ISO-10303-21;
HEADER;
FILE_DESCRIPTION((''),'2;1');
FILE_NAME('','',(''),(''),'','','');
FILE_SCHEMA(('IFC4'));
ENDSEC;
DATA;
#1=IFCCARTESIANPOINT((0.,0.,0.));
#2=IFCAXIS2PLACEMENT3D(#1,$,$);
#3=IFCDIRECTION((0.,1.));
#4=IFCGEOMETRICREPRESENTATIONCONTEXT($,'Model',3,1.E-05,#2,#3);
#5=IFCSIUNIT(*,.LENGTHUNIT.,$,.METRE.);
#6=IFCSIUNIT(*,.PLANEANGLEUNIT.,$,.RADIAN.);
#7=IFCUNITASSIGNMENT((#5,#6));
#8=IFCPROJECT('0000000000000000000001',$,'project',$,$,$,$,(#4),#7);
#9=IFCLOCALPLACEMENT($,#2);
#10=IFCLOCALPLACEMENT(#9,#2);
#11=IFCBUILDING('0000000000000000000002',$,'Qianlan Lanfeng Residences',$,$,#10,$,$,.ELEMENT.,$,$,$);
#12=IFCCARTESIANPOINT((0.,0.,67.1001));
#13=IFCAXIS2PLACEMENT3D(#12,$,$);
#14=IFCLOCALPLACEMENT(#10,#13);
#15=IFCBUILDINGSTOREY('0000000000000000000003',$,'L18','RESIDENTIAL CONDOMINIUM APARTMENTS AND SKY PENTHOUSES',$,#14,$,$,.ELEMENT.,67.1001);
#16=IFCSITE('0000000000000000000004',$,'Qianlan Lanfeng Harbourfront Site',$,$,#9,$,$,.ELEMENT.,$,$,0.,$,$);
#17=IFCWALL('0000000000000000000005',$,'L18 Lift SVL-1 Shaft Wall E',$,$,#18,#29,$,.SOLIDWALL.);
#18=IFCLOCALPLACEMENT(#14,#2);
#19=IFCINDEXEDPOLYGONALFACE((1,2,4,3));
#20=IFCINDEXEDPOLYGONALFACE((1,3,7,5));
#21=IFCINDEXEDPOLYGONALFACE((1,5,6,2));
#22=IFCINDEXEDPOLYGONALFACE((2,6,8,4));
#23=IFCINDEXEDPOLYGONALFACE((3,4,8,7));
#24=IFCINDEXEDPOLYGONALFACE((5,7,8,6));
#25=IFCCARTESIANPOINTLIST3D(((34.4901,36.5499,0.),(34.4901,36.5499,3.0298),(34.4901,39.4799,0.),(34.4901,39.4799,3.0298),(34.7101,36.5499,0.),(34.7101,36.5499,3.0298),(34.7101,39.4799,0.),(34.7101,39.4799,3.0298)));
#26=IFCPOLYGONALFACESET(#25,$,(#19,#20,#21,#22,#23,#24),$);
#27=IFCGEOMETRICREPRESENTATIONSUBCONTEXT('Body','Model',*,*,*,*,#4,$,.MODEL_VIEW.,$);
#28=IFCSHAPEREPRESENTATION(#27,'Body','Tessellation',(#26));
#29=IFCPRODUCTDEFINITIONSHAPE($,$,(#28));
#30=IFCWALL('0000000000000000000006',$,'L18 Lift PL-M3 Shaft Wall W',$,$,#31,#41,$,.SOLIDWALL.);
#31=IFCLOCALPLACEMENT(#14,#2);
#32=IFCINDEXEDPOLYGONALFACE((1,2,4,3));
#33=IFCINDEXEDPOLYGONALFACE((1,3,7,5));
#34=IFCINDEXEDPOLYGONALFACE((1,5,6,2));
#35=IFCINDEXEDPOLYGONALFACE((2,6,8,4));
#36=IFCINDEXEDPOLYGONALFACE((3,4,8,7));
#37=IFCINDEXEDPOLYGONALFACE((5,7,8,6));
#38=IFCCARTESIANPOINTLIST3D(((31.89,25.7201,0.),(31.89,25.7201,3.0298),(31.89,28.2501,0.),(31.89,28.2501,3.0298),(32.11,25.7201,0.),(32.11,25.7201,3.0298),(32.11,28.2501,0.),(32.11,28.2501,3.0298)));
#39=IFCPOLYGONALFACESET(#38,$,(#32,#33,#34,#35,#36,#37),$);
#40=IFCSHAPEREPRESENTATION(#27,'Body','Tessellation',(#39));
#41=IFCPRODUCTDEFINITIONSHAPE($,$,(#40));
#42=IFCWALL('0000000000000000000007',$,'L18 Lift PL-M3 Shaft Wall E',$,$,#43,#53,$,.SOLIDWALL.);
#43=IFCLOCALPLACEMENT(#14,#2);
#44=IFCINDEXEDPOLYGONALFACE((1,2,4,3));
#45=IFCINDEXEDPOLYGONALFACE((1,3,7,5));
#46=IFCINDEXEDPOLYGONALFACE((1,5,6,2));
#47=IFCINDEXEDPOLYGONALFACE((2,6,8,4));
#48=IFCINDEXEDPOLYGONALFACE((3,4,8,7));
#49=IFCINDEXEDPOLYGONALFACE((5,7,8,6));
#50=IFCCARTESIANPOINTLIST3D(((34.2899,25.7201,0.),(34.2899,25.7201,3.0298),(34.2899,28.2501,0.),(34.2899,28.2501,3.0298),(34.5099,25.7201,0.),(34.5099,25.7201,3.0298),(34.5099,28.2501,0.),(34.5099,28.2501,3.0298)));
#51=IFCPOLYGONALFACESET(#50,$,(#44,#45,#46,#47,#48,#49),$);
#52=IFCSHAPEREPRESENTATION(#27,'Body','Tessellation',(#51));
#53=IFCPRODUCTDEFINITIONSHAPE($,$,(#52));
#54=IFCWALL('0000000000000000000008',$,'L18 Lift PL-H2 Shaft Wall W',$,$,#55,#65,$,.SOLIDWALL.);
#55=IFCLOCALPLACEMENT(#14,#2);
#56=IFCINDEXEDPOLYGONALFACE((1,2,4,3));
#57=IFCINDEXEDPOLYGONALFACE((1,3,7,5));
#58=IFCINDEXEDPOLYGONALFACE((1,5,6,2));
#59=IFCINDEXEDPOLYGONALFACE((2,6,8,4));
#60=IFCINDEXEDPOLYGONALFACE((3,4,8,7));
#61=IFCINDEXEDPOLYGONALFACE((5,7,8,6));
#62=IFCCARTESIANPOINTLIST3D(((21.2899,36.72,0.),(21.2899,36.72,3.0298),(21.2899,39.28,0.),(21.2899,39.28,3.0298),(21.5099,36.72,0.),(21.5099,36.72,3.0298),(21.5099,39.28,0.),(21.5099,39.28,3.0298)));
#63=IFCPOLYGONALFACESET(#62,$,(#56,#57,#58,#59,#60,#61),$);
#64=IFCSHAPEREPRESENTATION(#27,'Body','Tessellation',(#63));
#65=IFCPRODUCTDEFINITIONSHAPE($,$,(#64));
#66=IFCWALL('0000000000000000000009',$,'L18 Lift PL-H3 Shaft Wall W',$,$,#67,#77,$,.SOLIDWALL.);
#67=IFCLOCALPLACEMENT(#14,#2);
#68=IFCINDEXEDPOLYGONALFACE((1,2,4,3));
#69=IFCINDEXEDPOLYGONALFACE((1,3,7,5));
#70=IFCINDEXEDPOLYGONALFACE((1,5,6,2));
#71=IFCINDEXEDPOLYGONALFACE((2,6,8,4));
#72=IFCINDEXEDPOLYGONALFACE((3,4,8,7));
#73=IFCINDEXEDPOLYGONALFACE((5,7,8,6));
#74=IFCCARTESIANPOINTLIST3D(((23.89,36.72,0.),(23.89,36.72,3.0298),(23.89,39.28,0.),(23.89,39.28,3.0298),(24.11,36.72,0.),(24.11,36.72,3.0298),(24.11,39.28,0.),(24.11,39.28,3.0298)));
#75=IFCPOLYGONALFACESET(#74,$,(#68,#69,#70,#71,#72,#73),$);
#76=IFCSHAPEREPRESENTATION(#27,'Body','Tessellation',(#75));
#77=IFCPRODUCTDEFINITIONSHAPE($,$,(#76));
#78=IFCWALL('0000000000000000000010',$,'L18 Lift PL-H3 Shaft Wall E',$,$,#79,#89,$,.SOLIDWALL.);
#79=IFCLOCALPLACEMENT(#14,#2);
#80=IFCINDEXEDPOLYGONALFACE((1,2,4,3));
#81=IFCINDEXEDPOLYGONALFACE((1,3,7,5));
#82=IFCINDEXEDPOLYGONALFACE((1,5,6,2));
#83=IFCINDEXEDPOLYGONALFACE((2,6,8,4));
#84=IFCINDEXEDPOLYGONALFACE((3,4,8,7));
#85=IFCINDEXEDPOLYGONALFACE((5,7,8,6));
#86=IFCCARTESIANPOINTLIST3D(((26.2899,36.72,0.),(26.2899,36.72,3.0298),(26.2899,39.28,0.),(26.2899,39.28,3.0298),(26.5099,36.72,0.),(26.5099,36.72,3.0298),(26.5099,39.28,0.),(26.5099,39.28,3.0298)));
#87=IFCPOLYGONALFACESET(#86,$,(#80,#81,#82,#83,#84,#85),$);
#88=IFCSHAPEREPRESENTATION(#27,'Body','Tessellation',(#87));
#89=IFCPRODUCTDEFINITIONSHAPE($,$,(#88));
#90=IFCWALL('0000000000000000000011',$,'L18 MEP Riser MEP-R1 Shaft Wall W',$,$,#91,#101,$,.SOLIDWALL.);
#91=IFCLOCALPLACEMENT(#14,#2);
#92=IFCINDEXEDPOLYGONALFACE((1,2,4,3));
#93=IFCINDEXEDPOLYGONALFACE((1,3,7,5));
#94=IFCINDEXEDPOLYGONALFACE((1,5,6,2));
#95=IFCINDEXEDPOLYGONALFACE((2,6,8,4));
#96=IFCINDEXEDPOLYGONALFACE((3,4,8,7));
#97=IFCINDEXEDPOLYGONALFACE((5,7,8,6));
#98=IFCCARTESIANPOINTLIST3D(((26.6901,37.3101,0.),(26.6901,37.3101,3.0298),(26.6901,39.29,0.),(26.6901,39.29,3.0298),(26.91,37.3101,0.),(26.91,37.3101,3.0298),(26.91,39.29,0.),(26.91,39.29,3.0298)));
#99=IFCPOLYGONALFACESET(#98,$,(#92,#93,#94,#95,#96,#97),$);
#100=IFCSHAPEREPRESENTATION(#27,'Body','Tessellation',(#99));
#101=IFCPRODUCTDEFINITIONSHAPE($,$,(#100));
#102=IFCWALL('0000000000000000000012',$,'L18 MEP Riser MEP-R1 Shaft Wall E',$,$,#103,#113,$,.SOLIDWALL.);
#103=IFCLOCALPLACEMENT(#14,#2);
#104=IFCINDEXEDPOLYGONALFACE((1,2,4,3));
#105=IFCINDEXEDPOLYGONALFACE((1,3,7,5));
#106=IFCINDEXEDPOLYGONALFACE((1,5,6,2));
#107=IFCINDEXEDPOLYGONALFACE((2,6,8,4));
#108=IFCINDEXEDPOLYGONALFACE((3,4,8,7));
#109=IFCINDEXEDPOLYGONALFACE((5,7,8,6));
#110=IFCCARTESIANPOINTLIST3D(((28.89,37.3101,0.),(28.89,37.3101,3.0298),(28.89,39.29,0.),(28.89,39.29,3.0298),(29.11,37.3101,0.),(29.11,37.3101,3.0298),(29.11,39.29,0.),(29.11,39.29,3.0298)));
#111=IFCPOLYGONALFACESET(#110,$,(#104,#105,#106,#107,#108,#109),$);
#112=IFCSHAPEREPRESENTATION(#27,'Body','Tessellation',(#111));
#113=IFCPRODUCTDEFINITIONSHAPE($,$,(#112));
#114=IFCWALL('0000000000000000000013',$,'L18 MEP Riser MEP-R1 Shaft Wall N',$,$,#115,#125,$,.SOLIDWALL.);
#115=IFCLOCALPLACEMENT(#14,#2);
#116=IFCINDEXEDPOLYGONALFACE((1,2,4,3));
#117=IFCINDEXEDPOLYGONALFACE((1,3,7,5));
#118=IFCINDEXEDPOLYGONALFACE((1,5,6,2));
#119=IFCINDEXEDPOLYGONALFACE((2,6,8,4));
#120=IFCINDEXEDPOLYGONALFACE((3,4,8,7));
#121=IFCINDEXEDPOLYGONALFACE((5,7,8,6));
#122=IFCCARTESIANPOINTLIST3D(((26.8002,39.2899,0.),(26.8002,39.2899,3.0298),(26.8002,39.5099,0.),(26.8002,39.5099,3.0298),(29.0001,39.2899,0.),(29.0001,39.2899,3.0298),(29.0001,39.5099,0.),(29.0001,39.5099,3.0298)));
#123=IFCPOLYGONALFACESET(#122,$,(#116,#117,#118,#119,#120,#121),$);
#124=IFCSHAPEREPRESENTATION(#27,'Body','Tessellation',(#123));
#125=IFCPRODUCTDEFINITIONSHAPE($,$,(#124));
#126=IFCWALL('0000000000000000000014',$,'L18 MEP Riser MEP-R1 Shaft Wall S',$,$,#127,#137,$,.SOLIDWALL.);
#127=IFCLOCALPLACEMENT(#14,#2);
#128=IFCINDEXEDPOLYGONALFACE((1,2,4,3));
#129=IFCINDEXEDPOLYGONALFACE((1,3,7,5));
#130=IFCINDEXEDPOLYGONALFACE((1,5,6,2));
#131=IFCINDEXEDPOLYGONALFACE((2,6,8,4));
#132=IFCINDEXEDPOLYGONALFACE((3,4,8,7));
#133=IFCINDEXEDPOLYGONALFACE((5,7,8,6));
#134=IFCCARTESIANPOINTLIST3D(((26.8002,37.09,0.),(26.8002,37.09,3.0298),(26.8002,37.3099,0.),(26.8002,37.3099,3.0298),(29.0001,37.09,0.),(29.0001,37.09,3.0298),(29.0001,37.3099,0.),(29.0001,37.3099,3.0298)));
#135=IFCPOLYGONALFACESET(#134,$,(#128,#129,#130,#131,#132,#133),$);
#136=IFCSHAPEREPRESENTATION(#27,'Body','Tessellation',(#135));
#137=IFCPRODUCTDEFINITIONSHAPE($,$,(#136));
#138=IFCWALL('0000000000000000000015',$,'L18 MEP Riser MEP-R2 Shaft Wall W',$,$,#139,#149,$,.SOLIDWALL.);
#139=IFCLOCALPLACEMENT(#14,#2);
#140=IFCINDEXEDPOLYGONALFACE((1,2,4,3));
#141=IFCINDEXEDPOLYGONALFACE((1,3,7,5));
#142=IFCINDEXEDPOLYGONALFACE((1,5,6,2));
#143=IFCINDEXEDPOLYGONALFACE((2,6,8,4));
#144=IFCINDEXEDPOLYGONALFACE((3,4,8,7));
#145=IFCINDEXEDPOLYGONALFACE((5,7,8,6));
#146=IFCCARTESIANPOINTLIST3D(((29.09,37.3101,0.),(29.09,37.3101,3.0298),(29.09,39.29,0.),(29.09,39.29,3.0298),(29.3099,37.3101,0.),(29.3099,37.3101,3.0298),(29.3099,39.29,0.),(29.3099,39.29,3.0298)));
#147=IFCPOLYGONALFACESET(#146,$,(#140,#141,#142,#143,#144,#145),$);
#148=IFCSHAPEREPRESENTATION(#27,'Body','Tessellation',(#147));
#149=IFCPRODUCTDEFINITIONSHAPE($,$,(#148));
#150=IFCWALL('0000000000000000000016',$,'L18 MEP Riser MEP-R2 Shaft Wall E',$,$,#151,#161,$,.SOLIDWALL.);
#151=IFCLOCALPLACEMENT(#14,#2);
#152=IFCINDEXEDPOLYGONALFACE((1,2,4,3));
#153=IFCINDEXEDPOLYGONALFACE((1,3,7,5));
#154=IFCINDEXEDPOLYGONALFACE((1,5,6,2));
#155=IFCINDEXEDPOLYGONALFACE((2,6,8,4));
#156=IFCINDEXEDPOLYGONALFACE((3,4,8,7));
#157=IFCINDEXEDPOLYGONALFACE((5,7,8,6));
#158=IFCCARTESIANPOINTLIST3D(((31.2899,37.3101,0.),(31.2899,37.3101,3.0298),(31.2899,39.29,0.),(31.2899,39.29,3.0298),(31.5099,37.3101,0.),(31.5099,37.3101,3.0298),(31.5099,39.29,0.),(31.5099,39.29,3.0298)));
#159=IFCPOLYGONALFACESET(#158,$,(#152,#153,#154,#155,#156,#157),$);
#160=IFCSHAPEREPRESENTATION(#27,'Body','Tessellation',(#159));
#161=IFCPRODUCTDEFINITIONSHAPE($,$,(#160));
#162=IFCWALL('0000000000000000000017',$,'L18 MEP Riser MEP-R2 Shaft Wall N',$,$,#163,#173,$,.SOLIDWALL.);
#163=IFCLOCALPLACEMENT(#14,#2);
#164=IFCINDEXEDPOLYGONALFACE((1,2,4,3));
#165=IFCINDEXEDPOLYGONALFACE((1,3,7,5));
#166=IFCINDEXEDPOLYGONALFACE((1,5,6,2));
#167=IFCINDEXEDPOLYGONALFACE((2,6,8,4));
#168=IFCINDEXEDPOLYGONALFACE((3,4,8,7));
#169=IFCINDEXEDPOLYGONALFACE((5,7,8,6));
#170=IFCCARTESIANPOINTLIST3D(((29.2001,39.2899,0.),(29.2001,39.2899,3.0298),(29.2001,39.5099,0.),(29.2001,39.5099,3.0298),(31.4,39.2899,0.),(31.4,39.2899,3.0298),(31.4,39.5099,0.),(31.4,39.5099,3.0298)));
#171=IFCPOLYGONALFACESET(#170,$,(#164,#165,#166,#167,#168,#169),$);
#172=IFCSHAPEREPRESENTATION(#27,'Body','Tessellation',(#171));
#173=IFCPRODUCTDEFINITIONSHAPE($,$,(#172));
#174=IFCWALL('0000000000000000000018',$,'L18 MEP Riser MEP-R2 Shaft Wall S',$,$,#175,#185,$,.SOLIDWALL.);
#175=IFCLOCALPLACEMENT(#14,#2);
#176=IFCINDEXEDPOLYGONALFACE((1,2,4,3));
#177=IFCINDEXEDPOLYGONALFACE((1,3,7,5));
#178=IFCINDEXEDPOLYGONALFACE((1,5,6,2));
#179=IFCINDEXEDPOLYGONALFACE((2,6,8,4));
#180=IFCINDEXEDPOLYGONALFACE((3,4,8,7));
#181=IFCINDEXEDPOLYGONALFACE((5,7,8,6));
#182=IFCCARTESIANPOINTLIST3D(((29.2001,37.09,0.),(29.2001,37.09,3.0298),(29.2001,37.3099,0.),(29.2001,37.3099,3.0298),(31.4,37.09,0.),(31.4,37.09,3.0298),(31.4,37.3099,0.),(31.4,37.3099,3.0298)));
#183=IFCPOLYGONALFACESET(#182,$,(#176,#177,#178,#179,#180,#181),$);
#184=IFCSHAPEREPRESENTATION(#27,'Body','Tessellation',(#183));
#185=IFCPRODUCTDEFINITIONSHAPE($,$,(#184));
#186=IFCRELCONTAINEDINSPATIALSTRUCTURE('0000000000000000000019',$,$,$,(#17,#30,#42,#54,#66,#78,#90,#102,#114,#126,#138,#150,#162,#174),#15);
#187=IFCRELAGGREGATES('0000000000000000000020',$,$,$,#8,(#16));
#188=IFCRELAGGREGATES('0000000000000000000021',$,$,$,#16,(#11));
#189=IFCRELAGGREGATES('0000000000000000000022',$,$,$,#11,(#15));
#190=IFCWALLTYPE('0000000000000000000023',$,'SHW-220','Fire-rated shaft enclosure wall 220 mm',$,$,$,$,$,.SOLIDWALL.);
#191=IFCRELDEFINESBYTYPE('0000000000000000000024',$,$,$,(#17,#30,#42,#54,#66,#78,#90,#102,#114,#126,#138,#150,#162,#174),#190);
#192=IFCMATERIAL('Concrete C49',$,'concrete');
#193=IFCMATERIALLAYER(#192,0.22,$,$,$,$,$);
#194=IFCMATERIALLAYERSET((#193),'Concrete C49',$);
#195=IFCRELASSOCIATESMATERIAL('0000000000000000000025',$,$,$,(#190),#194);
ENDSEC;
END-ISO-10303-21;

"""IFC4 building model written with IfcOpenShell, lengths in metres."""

from ifc_helpers import new_model, si_unit, direction, frame, frame_2d, origin, place, context, subcontext, project, spatial, rectangle, extrude, material, layer, layer_set, type_object, element, save


model = new_model("IFC4")

# Units and contexts
model_context = context("Model", 3, precision=1e-05, world=origin(), true_north=direction((0.0, 1.0)))
body_context = subcontext(model_context, "Body", "Model", "MODEL_VIEW")
ifc_project = project(units=[si_unit("LENGTHUNIT", "METRE"), si_unit("PLANEANGLEUNIT", "RADIAN")], contexts=[model_context])

# Site, building, storey
site_placement = place(None, origin())
site = spatial("IfcSite", under=ifc_project, at=site_placement, Name="Qianlan Lanfeng Harbourfront Site", CompositionType="ELEMENT", RefElevation=0.0)
building_placement = place(site_placement, origin())
building = spatial("IfcBuilding", under=site, at=building_placement, Name="Qianlan Lanfeng Residences", CompositionType="ELEMENT")
storey_placement = place(building_placement, frame((0.0, 0.0, 67.1001)))
storey = spatial("IfcBuildingStorey", under=building, at=storey_placement, Name="L18", Description="RESIDENTIAL CONDOMINIUM APARTMENTS AND SKY PENTHOUSES", CompositionType="ELEMENT", Elevation=67.1001)

# Walls
ifc_material_1 = material(Name="Concrete C49", Category="concrete")
ifc_layer_1 = layer(ifc_material_1, 0.22)
ifc_layer_set_1 = layer_set([ifc_layer_1], Name="Concrete C49")
wall_type_1 = type_object("IfcWallType", Name="SHW-220", Description="Fire-rated shaft enclosure wall 220 mm", PredefinedType="SOLIDWALL", material=ifc_layer_set_1)
for number, where, z_axis, x_axis, name in (
    (1, (34.6001, 36.55, 0.0), (0.0, 0.0, 1.0), (0.0, 1.0, 0.0), "L18 Lift SVL-1 Shaft Wall E"),
):
    element("IfcWall", number, at=place(storey_placement, frame(where, z_axis=z_axis, x_axis=x_axis)), inside=storey, type_object=wall_type_1, Name=name, PredefinedType="SOLIDWALL", context=body_context, shape_type="SweptSolid", body=[
        extrude(rectangle(XDim=2.9299, YDim=0.22, at=frame_2d((1.4648, 0.0))), origin(), (0.0, 0.0, 1.0), 3.0298),
    ])
for number, where, z_axis, x_axis, name in (
    (2, (32.0, 25.72, 0.0), (0.0, 0.0, 1.0), (0.0, 1.0, 0.0), "L18 Lift PL-M3 Shaft Wall W"),
    (3, (34.3999, 25.72, 0.0), (0.0, 0.0, 1.0), (0.0, 1.0, 0.0), "L18 Lift PL-M3 Shaft Wall E"),
):
    element("IfcWall", number, at=place(storey_placement, frame(where, z_axis=z_axis, x_axis=x_axis)), inside=storey, type_object=wall_type_1, Name=name, PredefinedType="SOLIDWALL", context=body_context, shape_type="SweptSolid", body=[
        extrude(rectangle(XDim=2.53, YDim=0.22, at=frame_2d((1.2651, 0.0))), origin(), (0.0, 0.0, 1.0), 3.0298),
    ])
for number, where, z_axis, x_axis, name in (
    (4, (21.3999, 36.72, 0.0), (0.0, 0.0, 1.0), (0.0, 1.0, 0.0), "L18 Lift PL-H2 Shaft Wall W"),
    (5, (24.0, 36.72, 0.0), (0.0, 0.0, 1.0), (0.0, 1.0, 0.0), "L18 Lift PL-H3 Shaft Wall W"),
    (6, (26.3999, 36.72, 0.0), (0.0, 0.0, 1.0), (0.0, 1.0, 0.0), "L18 Lift PL-H3 Shaft Wall E"),
):
    element("IfcWall", number, at=place(storey_placement, frame(where, z_axis=z_axis, x_axis=x_axis)), inside=storey, type_object=wall_type_1, Name=name, PredefinedType="SOLIDWALL", context=body_context, shape_type="SweptSolid", body=[
        extrude(rectangle(XDim=2.5601, YDim=0.22, at=frame_2d((1.28, 0.0))), origin(), (0.0, 0.0, 1.0), 3.0298),
    ])
for number, where, z_axis, x_axis, name in (
    (7, (26.8, 37.3101, 0.0), (0.0, 0.0, 1.0), (0.0, 1.0, 0.0), "L18 MEP Riser MEP-R1 Shaft Wall W"),
    (8, (29.0, 37.3101, 0.0), (0.0, 0.0, 1.0), (0.0, 1.0, 0.0), "L18 MEP Riser MEP-R1 Shaft Wall E"),
):
    element("IfcWall", number, at=place(storey_placement, frame(where, z_axis=z_axis, x_axis=x_axis)), inside=storey, type_object=wall_type_1, Name=name, PredefinedType="SOLIDWALL", context=body_context, shape_type="SweptSolid", body=[
        extrude(rectangle(XDim=1.98, YDim=0.22, at=frame_2d((0.99, 0.0))), origin(), (0.0, 0.0, 1.0), 3.0298),
    ])
for number, where, z_axis, x_axis, name in (
    (9, (26.8, 39.3999, 0.0), (0.0, 0.0, 1.0), (1.0, 0.0, 0.0), "L18 MEP Riser MEP-R1 Shaft Wall N"),
    (10, (26.8, 37.2, 0.0), (0.0, 0.0, 1.0), (1.0, 0.0, 0.0), "L18 MEP Riser MEP-R1 Shaft Wall S"),
):
    element("IfcWall", number, at=place(storey_placement, frame(where, z_axis=z_axis, x_axis=x_axis)), inside=storey, type_object=wall_type_1, Name=name, PredefinedType="SOLIDWALL", context=body_context, shape_type="SweptSolid", body=[
        extrude(rectangle(XDim=2.2, YDim=0.22, at=frame_2d((1.1001, 0.0))), origin(), (0.0, 0.0, 1.0), 3.0298),
    ])
for number, where, z_axis, x_axis, name in (
    (11, (29.2, 37.3101, 0.0), (0.0, 0.0, 1.0), (0.0, 1.0, 0.0), "L18 MEP Riser MEP-R2 Shaft Wall W"),
    (12, (31.3999, 37.3101, 0.0), (0.0, 0.0, 1.0), (0.0, 1.0, 0.0), "L18 MEP Riser MEP-R2 Shaft Wall E"),
):
    element("IfcWall", number, at=place(storey_placement, frame(where, z_axis=z_axis, x_axis=x_axis)), inside=storey, type_object=wall_type_1, Name=name, PredefinedType="SOLIDWALL", context=body_context, shape_type="SweptSolid", body=[
        extrude(rectangle(XDim=1.98, YDim=0.22, at=frame_2d((0.99, 0.0))), origin(), (0.0, 0.0, 1.0), 3.0298),
    ])
for number, where, z_axis, x_axis, name in (
    (13, (29.2, 39.3999, 0.0), (0.0, 0.0, 1.0), (1.0, 0.0, 0.0), "L18 MEP Riser MEP-R2 Shaft Wall N"),
    (14, (29.2, 37.2, 0.0), (0.0, 0.0, 1.0), (1.0, 0.0, 0.0), "L18 MEP Riser MEP-R2 Shaft Wall S"),
):
    element("IfcWall", number, at=place(storey_placement, frame(where, z_axis=z_axis, x_axis=x_axis)), inside=storey, type_object=wall_type_1, Name=name, PredefinedType="SOLIDWALL", context=body_context, shape_type="SweptSolid", body=[
        extrude(rectangle(XDim=2.2, YDim=0.22, at=frame_2d((1.1001, 0.0))), origin(), (0.0, 0.0, 1.0), 3.0298),
    ])

save(model, "model.ifc")
